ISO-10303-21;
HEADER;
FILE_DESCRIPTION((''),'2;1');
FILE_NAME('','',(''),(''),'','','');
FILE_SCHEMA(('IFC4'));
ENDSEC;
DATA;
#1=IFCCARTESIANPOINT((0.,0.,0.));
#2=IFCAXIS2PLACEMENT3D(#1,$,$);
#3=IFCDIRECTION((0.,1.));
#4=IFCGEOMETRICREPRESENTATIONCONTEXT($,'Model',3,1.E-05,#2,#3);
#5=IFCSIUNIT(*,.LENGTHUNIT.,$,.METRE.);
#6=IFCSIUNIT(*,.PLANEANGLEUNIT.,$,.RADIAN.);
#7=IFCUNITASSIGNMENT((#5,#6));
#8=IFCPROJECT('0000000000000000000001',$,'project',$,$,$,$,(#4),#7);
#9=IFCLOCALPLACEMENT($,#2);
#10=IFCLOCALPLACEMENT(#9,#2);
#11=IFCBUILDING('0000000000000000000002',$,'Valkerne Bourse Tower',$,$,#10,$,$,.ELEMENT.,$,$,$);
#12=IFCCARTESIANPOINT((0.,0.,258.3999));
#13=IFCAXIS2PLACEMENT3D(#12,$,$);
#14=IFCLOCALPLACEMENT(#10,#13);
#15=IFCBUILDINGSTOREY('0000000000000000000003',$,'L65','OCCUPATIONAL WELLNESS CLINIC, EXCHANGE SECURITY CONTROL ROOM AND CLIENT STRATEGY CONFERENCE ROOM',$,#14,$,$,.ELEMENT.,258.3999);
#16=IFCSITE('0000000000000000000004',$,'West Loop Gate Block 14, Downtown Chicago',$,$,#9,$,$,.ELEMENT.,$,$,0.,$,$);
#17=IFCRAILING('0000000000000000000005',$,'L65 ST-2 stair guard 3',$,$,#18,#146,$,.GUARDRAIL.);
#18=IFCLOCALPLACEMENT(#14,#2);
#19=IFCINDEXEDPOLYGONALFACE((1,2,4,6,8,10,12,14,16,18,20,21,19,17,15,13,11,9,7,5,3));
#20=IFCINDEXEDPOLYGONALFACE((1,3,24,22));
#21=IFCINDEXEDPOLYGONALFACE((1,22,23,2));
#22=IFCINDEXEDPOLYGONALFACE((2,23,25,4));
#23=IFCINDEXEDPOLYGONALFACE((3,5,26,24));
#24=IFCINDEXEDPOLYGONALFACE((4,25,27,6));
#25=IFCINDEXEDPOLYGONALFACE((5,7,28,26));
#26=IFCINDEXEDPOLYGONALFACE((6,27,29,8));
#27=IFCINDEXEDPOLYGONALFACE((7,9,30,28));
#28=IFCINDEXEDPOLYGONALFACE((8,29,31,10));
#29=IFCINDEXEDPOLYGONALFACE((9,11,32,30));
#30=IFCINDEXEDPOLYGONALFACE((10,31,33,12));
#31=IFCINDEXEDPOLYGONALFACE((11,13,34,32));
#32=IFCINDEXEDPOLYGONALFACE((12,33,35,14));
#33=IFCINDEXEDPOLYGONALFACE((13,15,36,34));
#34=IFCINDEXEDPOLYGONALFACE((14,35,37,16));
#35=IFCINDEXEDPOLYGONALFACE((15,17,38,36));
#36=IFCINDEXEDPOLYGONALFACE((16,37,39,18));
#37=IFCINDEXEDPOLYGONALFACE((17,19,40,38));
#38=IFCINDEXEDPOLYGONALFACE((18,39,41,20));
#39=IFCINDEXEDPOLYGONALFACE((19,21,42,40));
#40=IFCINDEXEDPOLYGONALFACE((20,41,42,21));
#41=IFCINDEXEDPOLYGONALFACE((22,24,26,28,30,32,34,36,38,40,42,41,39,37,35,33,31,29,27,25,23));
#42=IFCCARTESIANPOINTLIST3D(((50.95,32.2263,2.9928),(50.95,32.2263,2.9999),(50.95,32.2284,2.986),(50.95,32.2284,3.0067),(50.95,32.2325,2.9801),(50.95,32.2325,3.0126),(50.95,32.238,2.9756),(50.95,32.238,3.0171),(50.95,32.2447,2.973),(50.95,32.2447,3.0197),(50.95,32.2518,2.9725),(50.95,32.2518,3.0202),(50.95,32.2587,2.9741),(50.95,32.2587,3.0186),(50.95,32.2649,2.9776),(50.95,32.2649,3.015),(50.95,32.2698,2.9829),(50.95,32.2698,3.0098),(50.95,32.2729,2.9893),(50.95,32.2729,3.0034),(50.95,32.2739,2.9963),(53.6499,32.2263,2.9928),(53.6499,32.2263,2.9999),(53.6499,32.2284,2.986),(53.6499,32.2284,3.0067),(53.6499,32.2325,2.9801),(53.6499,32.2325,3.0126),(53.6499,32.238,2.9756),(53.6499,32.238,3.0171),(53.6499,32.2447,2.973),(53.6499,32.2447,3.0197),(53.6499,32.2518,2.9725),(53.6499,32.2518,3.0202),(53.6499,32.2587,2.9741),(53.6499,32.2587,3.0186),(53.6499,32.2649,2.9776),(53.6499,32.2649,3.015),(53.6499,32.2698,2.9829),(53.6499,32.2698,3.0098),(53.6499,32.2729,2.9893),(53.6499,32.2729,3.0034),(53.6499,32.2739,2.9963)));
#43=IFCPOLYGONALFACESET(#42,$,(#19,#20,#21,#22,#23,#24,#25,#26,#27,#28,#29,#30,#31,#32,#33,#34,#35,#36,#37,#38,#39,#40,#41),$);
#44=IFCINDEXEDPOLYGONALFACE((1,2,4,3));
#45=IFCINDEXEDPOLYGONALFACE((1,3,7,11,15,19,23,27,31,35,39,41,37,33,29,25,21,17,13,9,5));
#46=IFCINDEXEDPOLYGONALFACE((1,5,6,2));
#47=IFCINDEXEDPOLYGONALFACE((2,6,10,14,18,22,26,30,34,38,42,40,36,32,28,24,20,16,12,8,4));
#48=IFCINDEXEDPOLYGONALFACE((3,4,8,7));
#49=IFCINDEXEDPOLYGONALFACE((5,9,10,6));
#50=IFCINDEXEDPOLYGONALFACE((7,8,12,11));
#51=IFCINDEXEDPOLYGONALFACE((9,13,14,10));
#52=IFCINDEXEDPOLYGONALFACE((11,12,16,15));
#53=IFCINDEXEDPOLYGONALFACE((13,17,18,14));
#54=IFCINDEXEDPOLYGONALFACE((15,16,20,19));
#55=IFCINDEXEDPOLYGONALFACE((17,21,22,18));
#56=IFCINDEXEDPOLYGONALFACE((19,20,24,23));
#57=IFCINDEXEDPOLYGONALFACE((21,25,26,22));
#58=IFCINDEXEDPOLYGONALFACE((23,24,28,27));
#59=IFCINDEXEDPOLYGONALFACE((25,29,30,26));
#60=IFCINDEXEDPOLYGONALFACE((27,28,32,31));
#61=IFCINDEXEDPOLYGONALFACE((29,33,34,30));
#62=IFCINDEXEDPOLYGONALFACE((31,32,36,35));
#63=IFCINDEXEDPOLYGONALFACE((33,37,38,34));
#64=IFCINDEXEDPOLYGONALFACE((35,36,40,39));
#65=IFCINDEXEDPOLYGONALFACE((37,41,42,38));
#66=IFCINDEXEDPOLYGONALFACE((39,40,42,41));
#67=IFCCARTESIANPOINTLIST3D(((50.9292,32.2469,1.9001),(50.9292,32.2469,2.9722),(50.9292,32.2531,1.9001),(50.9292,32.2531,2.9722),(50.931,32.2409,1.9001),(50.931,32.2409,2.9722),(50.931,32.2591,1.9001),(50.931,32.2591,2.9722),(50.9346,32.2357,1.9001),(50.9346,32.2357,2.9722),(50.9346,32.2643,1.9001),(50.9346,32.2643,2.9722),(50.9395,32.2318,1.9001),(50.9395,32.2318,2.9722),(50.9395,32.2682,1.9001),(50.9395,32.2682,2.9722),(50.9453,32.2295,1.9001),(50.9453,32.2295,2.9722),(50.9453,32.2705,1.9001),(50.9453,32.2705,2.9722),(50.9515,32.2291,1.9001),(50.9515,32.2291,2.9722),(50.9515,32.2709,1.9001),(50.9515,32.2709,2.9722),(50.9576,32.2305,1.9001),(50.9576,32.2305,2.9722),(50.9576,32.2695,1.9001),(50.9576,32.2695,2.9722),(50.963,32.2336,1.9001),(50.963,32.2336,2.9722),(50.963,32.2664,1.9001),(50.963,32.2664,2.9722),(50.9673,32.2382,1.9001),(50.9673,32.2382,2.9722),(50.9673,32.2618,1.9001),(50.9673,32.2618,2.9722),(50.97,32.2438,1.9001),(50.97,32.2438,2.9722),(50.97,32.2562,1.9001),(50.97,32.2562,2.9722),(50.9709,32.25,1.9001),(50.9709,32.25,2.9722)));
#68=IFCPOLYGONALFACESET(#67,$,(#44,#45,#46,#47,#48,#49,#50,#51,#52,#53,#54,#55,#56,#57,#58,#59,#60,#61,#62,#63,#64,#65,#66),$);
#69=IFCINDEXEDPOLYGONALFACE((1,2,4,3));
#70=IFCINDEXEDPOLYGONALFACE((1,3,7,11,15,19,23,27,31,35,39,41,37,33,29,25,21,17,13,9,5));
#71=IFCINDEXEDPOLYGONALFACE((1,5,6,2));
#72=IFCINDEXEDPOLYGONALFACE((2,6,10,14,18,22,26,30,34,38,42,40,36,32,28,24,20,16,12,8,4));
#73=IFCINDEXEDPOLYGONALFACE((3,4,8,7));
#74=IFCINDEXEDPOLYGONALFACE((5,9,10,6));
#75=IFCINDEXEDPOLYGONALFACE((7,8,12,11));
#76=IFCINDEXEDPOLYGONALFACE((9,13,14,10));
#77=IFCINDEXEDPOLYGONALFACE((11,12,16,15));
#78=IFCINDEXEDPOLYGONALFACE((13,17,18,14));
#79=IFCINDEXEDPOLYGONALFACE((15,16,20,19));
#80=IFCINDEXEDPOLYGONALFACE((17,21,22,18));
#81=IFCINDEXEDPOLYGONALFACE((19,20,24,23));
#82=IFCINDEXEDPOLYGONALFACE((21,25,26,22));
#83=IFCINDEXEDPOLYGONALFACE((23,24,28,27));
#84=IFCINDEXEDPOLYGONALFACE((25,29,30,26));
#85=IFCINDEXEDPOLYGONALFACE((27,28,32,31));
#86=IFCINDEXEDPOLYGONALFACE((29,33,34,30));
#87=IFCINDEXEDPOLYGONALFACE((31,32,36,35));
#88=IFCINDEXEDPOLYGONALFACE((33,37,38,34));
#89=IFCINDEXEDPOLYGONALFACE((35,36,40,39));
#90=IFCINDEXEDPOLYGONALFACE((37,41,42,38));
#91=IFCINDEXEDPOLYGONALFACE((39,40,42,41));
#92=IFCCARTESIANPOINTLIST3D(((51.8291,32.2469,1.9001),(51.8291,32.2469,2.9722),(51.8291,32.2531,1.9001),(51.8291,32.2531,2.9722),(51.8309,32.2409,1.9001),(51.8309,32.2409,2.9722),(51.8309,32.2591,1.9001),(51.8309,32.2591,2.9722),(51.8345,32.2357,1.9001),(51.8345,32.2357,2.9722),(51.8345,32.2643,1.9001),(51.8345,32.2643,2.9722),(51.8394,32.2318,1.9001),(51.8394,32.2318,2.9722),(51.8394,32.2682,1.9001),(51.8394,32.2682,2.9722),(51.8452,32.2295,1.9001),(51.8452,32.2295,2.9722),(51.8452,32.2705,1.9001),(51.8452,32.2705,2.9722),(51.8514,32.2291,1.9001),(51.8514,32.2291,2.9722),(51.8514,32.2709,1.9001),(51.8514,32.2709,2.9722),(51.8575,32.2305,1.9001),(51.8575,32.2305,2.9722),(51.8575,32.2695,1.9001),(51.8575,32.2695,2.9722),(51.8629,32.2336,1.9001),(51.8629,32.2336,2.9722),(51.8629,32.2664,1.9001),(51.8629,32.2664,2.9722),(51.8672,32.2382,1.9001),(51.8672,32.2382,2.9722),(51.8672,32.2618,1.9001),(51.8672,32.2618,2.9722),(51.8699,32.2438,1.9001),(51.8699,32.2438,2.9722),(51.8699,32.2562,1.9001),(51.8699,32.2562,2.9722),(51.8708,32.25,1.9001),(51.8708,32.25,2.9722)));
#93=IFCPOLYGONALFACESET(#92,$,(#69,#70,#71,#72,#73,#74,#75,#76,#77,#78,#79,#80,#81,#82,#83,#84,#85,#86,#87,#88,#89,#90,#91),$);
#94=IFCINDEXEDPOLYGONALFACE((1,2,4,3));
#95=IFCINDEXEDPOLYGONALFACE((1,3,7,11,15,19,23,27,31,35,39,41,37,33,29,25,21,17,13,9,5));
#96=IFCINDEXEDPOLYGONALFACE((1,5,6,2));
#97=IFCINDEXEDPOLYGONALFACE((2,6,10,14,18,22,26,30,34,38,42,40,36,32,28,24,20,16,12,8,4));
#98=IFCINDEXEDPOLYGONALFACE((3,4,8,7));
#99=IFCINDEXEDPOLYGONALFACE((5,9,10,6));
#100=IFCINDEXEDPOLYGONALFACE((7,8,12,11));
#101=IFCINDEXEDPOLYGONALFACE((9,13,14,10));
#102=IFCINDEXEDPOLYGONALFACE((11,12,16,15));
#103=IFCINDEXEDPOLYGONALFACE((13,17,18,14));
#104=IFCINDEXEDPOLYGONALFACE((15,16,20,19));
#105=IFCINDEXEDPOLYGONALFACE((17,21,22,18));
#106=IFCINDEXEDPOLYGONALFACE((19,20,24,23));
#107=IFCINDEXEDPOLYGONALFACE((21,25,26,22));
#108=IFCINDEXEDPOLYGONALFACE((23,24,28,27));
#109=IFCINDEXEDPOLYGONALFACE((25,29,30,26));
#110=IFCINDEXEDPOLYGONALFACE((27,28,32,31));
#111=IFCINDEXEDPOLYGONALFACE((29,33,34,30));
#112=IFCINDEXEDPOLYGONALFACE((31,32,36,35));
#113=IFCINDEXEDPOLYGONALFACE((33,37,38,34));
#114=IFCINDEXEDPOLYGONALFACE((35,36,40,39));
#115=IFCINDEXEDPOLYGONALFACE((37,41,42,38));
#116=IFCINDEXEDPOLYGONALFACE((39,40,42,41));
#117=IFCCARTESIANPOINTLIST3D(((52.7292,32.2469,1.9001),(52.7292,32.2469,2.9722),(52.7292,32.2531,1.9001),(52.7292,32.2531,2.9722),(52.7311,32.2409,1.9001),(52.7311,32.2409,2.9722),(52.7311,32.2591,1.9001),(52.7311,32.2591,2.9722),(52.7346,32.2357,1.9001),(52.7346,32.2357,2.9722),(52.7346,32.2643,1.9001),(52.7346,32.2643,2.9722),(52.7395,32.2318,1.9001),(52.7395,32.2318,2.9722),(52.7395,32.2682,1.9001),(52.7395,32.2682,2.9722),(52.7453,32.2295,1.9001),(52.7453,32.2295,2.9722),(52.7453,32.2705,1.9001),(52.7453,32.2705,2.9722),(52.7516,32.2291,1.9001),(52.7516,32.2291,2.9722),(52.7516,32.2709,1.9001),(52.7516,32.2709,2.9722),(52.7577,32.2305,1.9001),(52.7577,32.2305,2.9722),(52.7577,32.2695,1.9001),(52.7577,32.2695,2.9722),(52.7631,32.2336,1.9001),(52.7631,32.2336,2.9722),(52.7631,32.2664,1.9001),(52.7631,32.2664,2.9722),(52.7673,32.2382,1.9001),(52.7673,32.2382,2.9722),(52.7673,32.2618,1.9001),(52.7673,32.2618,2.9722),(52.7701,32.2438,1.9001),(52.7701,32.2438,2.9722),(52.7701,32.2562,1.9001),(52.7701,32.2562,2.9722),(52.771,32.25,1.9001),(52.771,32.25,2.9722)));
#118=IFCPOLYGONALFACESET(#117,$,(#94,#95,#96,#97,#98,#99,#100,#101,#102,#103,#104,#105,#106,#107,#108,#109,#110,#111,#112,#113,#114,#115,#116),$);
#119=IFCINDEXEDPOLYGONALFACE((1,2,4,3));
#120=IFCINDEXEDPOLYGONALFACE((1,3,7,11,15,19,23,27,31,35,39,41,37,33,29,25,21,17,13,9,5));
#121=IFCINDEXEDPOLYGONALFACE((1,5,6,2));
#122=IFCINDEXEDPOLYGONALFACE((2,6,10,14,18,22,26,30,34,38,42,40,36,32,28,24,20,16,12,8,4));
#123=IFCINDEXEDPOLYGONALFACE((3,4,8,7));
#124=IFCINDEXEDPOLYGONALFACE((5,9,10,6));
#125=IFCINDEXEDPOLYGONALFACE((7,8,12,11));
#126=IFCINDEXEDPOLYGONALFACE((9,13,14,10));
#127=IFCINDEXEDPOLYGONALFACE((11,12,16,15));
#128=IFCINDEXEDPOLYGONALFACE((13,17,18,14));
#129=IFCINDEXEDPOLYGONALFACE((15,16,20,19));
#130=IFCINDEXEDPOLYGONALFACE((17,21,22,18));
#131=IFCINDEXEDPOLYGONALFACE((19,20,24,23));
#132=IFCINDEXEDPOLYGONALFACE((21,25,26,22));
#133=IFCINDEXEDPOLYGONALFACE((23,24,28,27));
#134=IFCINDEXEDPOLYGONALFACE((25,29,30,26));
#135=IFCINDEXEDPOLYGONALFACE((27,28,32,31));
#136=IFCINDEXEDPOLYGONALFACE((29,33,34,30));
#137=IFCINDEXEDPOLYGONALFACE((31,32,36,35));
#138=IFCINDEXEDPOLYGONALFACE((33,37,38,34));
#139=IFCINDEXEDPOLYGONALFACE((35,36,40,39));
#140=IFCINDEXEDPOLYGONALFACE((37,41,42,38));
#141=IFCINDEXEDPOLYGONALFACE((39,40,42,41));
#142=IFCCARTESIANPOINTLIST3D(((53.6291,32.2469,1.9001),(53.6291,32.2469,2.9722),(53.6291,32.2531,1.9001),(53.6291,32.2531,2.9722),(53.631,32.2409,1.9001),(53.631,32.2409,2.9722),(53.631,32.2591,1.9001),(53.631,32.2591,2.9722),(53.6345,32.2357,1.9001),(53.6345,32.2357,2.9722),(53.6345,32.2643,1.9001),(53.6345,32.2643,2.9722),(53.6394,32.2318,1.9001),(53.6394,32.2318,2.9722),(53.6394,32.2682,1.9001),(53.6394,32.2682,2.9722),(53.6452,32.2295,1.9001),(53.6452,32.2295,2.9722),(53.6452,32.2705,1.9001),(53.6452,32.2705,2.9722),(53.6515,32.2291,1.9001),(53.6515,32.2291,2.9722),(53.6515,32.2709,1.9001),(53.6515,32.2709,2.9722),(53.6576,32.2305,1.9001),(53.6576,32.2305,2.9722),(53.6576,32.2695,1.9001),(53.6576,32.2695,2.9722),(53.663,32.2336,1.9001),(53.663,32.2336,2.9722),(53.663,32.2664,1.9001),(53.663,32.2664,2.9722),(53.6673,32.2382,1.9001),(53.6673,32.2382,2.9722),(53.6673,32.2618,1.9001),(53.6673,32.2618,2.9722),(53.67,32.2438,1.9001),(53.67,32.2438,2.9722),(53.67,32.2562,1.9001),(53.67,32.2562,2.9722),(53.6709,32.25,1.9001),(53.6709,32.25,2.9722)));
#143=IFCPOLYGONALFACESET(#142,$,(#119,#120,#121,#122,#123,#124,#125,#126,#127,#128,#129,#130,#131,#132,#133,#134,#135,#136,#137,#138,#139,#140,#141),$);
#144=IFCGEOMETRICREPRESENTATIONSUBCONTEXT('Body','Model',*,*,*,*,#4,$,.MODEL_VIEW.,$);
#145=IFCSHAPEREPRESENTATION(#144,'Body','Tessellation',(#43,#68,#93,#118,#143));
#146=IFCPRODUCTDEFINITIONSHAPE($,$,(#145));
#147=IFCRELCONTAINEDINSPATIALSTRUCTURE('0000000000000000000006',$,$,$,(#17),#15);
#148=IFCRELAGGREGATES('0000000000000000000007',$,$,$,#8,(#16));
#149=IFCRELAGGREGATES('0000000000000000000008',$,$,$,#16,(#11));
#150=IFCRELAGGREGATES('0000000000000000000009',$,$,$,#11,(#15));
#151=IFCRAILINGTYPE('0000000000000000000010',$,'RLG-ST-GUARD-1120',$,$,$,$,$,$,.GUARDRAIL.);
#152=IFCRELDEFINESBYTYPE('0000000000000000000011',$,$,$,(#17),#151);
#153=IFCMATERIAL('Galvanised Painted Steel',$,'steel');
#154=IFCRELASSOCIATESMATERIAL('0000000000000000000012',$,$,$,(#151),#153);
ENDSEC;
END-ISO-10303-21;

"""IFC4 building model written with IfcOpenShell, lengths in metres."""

from ifc_helpers import new_model, si_unit, direction, frame, origin, origin_2d, place, context, subcontext, project, spatial, circle, extrude, material, type_object, element, save


model = new_model("IFC4")

# Units and contexts
model_context = context("Model", 3, precision=1e-05, world=origin(), true_north=direction((0.0, 1.0)))
body_context = subcontext(model_context, "Body", "Model", "MODEL_VIEW")
ifc_project = project(units=[si_unit("LENGTHUNIT", "METRE"), si_unit("PLANEANGLEUNIT", "RADIAN")], contexts=[model_context])

# Site, building, storey
site_placement = place(None, origin())
site = spatial("IfcSite", under=ifc_project, at=site_placement, Name="West Loop Gate Block 14, Downtown Chicago", CompositionType="ELEMENT", RefElevation=0.0)
building_placement = place(site_placement, origin())
building = spatial("IfcBuilding", under=site, at=building_placement, Name="Valkerne Bourse Tower", CompositionType="ELEMENT")
storey_placement = place(building_placement, frame((0.0, 0.0, 258.3999)))
storey = spatial("IfcBuildingStorey", under=building, at=storey_placement, Name="L65", Description="OCCUPATIONAL WELLNESS CLINIC, EXCHANGE SECURITY CONTROL ROOM AND CLIENT STRATEGY CONFERENCE ROOM", CompositionType="ELEMENT", Elevation=258.3999)

# Shared definitions
ifc_material_1 = material(Name="Galvanised Painted Steel", Category="steel")

# Railing
railing_type_1 = type_object("IfcRailingType", Name="RLG-ST-GUARD-1120", PredefinedType="GUARDRAIL", material=ifc_material_1)
railing_1_placement = place(storey_placement, frame((50.95, 32.25, 1.9001)))
element("IfcRailing", 1, at=railing_1_placement, inside=storey, type_object=railing_type_1, Name="L65 ST-2 stair guard 3", PredefinedType="GUARDRAIL", context=body_context, shape_type="SweptSolid", body=[
    extrude(circle(Radius=0.0239, at=origin_2d()), frame((0.0, 0.0, 1.0962), z_axis=(1.0, 0.0, 0.0), x_axis=(0.0, 1.0, 0.0)), (0.0, 0.0, 1.0), 2.7),
    extrude(circle(Radius=0.021, at=origin_2d()), origin(), (0.0, 0.0, 1.0), 1.072),
    extrude(circle(Radius=0.021, at=origin_2d()), frame((0.8999, 0.0, 0.0)), (0.0, 0.0, 1.0), 1.072),
    extrude(circle(Radius=0.021, at=origin_2d()), frame((1.8, 0.0, 0.0)), (0.0, 0.0, 1.0), 1.072),
    extrude(circle(Radius=0.021, at=origin_2d()), frame((2.7, 0.0, 0.0)), (0.0, 0.0, 1.0), 1.072),
])

save(model, "model.ifc")
